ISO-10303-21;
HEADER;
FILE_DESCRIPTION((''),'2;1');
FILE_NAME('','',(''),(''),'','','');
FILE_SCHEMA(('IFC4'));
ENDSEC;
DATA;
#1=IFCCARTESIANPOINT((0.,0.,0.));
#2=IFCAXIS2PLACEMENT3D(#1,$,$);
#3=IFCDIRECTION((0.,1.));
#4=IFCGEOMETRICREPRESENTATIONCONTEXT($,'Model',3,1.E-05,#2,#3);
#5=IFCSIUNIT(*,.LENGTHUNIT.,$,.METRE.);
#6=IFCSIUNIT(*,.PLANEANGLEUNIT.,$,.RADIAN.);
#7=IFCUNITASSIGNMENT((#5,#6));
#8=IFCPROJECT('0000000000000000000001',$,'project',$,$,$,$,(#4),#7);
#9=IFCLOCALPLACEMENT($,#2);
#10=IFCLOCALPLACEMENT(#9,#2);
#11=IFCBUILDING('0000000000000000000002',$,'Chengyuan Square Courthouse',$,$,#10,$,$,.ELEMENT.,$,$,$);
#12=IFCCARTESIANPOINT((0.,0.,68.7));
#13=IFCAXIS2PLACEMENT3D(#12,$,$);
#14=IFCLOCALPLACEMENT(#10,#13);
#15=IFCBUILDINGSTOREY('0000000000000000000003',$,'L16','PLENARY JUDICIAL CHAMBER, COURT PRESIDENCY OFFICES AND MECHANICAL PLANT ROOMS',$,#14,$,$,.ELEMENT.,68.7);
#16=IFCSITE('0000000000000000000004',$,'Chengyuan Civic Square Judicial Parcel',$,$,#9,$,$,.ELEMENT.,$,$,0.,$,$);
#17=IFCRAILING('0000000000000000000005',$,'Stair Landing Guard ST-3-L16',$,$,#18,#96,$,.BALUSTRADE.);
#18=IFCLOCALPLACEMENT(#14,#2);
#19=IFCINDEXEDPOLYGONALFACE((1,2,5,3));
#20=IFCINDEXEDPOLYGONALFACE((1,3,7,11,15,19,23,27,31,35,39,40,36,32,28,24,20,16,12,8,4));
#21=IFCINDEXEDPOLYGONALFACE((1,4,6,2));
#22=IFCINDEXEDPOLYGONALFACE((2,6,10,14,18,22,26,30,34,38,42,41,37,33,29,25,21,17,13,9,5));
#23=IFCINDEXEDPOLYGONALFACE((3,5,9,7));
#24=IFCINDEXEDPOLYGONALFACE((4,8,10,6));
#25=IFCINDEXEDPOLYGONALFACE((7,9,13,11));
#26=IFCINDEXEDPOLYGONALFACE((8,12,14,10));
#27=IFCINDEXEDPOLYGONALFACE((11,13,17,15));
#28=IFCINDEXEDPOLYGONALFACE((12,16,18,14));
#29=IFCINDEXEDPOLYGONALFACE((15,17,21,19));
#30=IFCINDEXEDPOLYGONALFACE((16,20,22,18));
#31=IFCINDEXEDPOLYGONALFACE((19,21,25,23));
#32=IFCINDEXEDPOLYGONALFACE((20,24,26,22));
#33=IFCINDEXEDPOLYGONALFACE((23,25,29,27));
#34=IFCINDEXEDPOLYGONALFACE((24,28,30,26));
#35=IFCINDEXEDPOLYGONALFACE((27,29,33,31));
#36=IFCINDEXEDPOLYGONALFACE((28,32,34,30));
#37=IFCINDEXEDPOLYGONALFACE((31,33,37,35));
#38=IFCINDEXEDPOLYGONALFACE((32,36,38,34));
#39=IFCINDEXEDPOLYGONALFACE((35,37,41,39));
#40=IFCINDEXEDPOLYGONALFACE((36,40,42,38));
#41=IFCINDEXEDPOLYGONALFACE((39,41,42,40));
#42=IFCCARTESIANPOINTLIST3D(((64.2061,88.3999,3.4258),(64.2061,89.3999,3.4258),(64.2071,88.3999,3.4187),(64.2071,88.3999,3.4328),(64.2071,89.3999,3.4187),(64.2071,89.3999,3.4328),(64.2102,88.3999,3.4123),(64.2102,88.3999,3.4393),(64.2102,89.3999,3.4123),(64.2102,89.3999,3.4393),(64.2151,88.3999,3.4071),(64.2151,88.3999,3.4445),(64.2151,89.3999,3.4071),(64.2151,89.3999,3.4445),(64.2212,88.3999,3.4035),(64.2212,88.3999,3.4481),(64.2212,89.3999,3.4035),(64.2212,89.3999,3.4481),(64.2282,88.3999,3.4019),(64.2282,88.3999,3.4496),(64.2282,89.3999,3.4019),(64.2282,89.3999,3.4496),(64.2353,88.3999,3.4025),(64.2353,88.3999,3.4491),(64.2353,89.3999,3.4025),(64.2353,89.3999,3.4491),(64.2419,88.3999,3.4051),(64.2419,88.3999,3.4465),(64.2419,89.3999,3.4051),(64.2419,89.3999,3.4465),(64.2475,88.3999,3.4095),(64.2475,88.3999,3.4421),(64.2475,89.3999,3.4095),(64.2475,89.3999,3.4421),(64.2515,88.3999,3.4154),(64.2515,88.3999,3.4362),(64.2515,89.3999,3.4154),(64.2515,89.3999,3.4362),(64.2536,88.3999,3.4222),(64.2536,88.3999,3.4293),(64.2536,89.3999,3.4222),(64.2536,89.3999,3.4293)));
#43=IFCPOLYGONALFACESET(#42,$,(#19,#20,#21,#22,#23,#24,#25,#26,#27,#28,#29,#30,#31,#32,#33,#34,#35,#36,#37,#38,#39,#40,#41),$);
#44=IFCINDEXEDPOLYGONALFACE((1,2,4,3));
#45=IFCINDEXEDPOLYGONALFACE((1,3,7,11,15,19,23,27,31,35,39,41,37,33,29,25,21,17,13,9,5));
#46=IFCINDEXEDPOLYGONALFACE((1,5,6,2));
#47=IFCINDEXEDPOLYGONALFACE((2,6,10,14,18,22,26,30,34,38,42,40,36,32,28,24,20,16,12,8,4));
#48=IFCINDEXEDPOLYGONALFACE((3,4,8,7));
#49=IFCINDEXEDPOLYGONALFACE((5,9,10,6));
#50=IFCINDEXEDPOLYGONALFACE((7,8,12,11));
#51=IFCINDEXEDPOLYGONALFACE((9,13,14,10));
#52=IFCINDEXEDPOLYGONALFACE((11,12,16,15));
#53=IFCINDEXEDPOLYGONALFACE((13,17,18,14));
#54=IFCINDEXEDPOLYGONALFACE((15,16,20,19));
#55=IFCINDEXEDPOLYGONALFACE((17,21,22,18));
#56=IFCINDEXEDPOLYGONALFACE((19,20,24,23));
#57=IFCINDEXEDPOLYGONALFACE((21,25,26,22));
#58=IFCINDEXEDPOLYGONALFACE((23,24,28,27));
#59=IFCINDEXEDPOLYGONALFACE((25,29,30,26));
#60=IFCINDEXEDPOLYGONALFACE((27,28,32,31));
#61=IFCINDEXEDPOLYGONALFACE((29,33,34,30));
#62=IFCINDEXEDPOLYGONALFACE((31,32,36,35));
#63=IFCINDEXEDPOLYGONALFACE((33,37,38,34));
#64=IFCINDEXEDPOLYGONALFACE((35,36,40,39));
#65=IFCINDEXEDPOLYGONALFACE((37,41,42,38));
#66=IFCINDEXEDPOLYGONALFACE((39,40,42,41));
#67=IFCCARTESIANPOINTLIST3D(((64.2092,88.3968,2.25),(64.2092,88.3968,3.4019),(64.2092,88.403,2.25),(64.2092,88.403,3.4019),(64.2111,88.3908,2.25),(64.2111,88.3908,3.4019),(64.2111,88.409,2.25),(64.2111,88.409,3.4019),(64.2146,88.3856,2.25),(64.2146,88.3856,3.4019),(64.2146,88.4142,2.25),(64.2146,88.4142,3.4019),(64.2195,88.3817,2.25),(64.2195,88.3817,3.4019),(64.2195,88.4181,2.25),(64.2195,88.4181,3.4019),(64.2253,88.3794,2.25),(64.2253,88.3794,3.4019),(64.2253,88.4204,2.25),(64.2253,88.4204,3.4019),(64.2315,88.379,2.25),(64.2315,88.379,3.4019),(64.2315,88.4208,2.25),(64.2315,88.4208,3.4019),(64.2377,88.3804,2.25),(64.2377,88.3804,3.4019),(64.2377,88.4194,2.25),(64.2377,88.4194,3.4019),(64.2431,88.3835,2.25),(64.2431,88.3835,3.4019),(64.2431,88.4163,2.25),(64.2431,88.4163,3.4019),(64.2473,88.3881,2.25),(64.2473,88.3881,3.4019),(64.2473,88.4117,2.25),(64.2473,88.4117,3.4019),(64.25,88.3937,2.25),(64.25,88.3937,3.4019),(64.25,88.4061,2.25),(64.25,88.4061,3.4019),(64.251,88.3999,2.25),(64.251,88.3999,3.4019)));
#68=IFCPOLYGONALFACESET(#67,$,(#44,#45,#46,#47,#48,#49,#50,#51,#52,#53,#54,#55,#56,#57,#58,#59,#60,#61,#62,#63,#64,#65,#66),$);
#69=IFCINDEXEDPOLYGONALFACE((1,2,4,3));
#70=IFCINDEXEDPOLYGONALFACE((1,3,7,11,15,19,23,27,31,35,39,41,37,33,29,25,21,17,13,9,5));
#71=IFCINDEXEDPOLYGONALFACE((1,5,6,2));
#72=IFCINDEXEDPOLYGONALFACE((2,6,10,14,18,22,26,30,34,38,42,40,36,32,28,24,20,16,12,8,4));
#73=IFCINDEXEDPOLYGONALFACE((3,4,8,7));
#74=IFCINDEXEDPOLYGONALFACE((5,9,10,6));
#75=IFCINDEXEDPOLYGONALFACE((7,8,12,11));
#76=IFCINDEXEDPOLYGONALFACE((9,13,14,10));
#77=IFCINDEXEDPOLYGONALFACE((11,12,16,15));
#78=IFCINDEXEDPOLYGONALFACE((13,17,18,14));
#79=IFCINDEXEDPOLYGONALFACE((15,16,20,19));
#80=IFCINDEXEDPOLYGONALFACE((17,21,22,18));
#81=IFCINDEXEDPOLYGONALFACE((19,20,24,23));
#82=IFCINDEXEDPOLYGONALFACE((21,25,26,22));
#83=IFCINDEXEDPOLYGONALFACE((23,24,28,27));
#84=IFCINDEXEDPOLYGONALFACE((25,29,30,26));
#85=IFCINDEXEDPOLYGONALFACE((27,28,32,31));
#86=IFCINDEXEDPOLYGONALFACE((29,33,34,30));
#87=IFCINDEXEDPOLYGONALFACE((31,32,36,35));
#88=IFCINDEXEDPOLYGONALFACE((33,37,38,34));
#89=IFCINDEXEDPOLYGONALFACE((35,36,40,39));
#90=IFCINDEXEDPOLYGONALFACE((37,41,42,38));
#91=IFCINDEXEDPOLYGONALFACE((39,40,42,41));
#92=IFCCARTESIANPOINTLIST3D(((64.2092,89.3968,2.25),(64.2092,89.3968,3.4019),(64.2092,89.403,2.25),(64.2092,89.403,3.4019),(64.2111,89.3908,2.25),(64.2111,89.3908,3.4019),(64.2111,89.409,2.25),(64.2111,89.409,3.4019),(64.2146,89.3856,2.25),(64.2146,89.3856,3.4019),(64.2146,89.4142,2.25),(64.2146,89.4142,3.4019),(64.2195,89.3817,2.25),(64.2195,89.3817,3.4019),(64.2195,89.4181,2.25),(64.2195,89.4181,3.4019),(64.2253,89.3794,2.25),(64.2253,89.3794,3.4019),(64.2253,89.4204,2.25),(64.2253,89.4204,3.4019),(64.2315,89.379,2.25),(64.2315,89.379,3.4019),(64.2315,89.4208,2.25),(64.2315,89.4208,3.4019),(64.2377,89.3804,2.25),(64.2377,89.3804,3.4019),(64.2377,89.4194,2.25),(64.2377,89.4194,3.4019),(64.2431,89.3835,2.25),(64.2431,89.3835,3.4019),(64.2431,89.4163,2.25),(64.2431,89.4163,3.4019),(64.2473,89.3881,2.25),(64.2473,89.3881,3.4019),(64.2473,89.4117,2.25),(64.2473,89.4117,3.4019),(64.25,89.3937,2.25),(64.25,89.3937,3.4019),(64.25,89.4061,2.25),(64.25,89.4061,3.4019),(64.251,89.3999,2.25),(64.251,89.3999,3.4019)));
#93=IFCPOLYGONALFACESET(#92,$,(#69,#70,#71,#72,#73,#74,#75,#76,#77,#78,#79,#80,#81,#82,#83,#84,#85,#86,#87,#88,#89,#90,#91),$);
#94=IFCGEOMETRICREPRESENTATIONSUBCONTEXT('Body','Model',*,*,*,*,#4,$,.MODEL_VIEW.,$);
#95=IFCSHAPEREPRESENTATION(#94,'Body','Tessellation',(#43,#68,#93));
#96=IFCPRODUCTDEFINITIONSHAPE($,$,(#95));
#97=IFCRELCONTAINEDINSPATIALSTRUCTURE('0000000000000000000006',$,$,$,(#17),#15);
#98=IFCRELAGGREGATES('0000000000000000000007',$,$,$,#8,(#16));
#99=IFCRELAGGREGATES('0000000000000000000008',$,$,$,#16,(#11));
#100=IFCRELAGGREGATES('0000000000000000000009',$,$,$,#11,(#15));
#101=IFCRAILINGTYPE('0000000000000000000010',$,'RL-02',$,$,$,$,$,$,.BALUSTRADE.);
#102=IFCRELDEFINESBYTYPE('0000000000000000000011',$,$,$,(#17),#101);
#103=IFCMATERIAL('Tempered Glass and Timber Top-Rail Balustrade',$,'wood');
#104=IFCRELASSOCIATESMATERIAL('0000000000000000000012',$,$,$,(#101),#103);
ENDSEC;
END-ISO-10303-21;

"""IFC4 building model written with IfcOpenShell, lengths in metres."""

from ifc_helpers import new_model, si_unit, direction, frame, origin, origin_2d, place, context, subcontext, project, spatial, circle, extrude, material, type_object, element, save


model = new_model("IFC4")

# Units and contexts
model_context = context("Model", 3, precision=1e-05, world=origin(), true_north=direction((0.0, 1.0)))
body_context = subcontext(model_context, "Body", "Model", "MODEL_VIEW")
ifc_project = project(units=[si_unit("LENGTHUNIT", "METRE"), si_unit("PLANEANGLEUNIT", "RADIAN")], contexts=[model_context])

# Site, building, storey
site_placement = place(None, origin())
site = spatial("IfcSite", under=ifc_project, at=site_placement, Name="Chengyuan Civic Square Judicial Parcel", CompositionType="ELEMENT", RefElevation=0.0)
building_placement = place(site_placement, origin())
building = spatial("IfcBuilding", under=site, at=building_placement, Name="Chengyuan Square Courthouse", CompositionType="ELEMENT")
storey_placement = place(building_placement, frame((0.0, 0.0, 68.7)))
storey = spatial("IfcBuildingStorey", under=building, at=storey_placement, Name="L16", Description="PLENARY JUDICIAL CHAMBER, COURT PRESIDENCY OFFICES AND MECHANICAL PLANT ROOMS", CompositionType="ELEMENT", Elevation=68.7)

# Railing
ifc_material_1 = material(Name="Tempered Glass and Timber Top-Rail Balustrade", Category="wood")
railing_type_1 = type_object("IfcRailingType", Name="RL-02", PredefinedType="BALUSTRADE", material=ifc_material_1)
for number, where, name in (
    (1, (64.23, 88.3999, 2.25), "Stair Landing Guard ST-3-L16"),
):
    element("IfcRailing", number, at=place(storey_placement, frame(where)), inside=storey, type_object=railing_type_1, Name=name, PredefinedType="BALUSTRADE", context=body_context, shape_type="SweptSolid", body=[
        extrude(circle(Radius=0.0239, at=origin_2d()), frame((0.0, 0.0, 1.1758), z_axis=(0.0, 1.0, 0.0), x_axis=(-1.0, 0.0, 0.0)), (0.0, 0.0, 1.0), 1.0),
        extrude(circle(Radius=0.021, at=origin_2d()), origin(), (0.0, 0.0, 1.0), 1.1519),
        extrude(circle(Radius=0.021, at=origin_2d()), frame((0.0, 1.0, 0.0)), (0.0, 0.0, 1.0), 1.1519),
    ])

save(model, "model.ifc")
